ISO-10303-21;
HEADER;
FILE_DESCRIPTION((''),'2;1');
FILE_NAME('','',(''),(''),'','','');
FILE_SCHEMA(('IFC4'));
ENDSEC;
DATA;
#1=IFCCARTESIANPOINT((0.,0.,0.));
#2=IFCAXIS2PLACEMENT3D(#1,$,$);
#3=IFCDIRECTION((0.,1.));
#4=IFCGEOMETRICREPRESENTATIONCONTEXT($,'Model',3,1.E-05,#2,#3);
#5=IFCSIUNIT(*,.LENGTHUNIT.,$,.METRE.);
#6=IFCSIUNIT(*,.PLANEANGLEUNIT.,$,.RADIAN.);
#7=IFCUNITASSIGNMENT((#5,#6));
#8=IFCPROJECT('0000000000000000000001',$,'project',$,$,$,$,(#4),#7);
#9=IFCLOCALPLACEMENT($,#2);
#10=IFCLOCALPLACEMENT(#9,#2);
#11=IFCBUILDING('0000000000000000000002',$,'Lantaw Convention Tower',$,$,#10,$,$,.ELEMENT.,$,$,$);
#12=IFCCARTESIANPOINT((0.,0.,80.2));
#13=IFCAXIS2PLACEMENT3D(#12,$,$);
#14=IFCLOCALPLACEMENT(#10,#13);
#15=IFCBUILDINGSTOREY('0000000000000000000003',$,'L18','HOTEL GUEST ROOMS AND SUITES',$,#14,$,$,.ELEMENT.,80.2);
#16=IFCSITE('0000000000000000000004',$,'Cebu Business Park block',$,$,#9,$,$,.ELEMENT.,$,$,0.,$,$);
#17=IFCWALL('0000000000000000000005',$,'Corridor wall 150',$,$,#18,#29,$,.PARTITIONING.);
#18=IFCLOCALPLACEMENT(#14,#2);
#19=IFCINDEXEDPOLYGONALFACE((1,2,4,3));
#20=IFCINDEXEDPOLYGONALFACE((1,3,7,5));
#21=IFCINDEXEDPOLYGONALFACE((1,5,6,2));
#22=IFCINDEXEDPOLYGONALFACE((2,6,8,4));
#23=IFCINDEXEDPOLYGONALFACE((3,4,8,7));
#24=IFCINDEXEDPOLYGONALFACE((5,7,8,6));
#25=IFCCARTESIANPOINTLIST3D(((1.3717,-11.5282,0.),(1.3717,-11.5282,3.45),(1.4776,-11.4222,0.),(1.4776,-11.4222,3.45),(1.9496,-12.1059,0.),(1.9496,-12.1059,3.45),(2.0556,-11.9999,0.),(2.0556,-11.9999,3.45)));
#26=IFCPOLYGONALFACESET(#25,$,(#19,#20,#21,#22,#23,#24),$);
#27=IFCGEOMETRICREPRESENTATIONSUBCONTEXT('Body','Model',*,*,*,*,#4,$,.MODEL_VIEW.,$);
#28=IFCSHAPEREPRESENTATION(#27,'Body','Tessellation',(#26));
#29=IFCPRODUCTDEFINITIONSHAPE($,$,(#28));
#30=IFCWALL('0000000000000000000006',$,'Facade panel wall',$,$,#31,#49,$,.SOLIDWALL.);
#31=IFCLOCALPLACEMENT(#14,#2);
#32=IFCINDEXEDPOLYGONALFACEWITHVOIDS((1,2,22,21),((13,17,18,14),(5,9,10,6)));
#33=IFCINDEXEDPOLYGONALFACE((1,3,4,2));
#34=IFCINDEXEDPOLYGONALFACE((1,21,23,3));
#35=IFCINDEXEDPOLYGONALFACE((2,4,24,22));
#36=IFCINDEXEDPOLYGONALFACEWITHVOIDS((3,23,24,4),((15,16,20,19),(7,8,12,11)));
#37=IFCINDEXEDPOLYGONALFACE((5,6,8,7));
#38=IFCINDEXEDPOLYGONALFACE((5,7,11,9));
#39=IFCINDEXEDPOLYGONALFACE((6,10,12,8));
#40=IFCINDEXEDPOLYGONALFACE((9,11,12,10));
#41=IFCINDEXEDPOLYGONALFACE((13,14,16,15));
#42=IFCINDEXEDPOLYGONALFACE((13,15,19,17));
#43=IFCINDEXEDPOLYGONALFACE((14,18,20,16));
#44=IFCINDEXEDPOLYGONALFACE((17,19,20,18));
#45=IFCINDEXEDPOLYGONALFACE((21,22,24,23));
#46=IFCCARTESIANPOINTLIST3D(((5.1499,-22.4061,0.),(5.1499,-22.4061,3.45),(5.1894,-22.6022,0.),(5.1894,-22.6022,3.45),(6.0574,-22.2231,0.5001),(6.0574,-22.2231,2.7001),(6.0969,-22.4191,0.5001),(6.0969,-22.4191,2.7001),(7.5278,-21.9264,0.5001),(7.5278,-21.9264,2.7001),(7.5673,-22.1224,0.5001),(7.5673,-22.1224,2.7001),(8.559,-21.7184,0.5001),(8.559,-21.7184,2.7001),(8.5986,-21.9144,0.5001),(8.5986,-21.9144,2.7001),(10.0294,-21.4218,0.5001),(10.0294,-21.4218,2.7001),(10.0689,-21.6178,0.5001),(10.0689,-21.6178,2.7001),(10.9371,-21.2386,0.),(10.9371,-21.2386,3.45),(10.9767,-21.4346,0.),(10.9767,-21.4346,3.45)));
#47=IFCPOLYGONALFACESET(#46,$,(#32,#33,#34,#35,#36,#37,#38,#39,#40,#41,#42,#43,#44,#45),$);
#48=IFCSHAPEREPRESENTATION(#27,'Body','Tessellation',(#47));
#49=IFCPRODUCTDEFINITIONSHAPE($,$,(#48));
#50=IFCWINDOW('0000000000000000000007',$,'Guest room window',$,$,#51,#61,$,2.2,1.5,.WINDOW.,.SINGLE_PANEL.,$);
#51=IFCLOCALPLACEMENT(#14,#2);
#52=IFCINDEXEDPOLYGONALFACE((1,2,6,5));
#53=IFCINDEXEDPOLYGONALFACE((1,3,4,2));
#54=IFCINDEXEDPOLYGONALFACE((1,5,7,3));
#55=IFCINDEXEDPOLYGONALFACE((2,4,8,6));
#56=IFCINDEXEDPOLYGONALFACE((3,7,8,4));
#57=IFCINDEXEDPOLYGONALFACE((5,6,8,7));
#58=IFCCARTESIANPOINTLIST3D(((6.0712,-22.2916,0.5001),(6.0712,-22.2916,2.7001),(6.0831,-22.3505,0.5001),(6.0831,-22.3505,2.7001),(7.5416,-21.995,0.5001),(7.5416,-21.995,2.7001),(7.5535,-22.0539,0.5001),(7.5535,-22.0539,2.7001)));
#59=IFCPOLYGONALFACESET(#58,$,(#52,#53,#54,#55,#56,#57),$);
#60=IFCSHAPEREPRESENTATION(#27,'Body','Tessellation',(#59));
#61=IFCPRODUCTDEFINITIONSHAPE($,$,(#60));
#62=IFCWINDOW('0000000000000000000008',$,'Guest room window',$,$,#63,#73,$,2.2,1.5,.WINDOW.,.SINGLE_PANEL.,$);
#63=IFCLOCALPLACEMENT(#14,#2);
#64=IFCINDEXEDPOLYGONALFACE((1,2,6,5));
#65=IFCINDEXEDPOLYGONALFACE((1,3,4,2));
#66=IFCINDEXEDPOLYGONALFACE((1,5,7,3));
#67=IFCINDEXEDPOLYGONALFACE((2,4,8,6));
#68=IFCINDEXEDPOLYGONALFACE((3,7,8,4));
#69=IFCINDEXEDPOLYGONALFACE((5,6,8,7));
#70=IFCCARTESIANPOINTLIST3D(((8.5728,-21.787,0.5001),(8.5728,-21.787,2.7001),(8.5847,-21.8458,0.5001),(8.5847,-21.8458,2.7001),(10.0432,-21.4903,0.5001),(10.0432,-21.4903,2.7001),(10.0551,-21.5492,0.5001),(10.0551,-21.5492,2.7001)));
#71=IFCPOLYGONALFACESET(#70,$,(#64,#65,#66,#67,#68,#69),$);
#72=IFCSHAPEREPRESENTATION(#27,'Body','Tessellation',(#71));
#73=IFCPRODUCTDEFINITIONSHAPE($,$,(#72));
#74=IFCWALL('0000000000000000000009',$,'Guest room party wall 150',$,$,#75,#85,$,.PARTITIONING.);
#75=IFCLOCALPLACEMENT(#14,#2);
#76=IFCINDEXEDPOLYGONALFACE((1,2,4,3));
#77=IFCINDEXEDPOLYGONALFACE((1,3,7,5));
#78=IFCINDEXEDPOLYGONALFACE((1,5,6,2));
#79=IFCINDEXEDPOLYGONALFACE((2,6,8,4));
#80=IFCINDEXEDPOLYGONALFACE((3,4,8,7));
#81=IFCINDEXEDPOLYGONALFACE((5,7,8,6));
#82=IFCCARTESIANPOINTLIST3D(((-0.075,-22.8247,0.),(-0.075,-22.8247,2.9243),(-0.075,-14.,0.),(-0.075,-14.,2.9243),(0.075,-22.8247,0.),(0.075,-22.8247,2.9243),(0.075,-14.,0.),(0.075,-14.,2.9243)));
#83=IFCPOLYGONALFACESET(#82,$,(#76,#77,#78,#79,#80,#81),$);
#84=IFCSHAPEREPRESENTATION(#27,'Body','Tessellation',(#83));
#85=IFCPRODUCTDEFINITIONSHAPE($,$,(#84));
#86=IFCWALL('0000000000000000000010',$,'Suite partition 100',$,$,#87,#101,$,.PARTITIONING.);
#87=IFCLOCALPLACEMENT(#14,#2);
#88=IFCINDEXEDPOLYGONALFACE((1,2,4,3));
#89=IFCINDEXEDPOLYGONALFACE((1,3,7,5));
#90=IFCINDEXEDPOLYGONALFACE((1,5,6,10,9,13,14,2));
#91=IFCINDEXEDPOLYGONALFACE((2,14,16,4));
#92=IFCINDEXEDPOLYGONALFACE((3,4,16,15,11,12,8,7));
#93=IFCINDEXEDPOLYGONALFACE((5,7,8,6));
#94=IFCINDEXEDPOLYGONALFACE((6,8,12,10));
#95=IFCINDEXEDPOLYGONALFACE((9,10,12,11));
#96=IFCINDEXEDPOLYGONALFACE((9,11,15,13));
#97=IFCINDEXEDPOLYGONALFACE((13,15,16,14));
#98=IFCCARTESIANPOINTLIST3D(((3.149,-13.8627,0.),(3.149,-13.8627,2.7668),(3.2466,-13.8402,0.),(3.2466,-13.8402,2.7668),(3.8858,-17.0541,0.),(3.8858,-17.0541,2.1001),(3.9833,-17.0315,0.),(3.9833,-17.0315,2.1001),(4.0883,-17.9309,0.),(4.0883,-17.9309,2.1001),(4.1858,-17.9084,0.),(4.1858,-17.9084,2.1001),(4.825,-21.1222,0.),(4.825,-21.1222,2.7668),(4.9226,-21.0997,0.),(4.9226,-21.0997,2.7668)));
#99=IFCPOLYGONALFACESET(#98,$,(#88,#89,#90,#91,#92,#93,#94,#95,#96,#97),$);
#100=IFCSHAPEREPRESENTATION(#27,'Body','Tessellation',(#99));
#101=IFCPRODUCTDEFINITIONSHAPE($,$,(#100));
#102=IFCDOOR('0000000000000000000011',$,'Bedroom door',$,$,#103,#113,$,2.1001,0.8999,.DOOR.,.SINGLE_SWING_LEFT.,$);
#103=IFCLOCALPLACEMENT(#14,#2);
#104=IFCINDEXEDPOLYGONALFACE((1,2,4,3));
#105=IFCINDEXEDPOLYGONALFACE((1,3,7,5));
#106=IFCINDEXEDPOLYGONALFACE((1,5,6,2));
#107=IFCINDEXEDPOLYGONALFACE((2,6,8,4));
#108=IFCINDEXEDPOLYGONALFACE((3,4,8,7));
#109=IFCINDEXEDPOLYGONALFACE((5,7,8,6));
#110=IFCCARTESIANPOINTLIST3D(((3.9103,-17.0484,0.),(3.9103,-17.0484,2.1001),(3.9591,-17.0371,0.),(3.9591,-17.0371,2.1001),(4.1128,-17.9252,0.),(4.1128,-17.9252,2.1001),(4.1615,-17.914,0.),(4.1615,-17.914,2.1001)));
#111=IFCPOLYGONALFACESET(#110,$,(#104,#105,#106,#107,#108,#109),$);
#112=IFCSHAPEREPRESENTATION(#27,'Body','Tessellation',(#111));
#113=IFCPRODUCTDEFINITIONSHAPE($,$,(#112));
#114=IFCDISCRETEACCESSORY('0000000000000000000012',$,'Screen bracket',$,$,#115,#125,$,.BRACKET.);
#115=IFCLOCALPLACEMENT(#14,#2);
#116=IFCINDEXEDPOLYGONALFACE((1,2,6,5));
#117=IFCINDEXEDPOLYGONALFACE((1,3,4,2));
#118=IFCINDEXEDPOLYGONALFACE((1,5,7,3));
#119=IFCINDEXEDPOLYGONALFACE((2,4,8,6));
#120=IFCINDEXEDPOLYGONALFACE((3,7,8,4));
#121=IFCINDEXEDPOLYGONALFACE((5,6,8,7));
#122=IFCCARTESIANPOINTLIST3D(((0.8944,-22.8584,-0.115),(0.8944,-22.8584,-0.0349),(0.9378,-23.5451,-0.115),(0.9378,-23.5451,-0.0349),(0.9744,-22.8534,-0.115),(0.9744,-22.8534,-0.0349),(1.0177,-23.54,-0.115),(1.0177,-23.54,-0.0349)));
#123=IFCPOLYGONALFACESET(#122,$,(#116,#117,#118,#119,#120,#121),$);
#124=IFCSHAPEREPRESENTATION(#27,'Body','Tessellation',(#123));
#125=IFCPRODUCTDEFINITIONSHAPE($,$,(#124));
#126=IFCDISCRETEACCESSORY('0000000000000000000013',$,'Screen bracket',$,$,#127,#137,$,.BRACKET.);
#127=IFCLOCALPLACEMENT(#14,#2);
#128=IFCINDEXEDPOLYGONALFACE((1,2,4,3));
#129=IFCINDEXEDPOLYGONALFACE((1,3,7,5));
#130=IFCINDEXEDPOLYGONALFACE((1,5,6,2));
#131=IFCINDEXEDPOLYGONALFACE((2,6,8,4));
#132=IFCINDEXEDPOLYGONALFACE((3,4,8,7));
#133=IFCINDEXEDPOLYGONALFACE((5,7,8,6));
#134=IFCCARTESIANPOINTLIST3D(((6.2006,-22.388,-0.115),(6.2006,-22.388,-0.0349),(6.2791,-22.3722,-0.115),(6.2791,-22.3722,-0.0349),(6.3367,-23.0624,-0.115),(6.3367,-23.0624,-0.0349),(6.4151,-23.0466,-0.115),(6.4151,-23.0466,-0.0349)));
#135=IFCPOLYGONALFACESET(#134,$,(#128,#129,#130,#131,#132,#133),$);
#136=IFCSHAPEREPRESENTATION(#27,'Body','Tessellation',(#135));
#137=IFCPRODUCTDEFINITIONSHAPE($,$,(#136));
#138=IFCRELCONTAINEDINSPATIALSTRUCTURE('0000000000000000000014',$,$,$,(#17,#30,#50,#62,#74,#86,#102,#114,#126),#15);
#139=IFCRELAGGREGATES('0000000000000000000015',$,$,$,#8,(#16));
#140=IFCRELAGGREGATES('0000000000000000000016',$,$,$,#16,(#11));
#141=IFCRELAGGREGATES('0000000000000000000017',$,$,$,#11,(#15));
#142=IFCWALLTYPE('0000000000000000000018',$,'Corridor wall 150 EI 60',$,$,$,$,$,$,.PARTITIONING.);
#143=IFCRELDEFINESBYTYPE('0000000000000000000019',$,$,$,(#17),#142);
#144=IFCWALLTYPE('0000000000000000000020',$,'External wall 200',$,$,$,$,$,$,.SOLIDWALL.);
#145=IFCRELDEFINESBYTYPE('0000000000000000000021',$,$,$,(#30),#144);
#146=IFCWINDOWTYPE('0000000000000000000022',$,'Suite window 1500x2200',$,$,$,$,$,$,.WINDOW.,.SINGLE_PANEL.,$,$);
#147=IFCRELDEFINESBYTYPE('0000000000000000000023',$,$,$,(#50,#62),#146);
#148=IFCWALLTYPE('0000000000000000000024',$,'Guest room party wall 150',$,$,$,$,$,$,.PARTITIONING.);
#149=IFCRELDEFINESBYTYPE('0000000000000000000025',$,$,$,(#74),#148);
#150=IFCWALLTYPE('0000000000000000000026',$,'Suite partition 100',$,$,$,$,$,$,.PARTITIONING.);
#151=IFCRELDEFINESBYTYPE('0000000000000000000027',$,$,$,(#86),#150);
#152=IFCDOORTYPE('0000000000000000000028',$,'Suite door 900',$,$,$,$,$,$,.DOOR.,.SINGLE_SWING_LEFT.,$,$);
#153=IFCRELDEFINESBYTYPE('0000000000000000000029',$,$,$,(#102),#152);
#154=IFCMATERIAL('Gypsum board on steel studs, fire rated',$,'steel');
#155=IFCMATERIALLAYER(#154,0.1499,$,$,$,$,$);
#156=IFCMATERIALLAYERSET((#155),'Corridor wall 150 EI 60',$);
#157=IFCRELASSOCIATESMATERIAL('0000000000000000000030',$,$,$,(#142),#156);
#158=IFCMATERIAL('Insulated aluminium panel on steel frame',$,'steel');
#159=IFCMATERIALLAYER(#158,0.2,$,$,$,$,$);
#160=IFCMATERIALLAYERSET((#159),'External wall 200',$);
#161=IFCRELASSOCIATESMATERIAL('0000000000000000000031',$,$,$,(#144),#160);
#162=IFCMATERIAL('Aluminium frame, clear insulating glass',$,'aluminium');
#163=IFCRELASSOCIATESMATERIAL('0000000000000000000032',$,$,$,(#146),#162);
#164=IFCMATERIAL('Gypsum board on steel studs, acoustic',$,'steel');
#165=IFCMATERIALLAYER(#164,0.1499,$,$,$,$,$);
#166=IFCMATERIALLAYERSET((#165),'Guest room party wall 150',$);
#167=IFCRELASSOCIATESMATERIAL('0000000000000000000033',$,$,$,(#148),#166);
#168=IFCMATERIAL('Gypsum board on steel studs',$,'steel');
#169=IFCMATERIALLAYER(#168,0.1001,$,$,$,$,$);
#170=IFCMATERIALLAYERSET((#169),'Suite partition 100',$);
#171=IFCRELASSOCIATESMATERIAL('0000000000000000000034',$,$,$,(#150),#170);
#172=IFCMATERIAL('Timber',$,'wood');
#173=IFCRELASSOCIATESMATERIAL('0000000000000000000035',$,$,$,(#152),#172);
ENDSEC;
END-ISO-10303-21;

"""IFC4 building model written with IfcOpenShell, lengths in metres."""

from ifc_helpers import new_model, si_unit, direction, frame, frame_2d, origin, origin_2d, place, context, subcontext, project, spatial, rectangle, extrude, material, layer, layer_set, type_object, element, fill, save


model = new_model("IFC4")

# Units and contexts
model_context = context("Model", 3, precision=1e-05, world=origin(), true_north=direction((0.0, 1.0)))
body_context = subcontext(model_context, "Body", "Model", "MODEL_VIEW")
ifc_project = project(units=[si_unit("LENGTHUNIT", "METRE"), si_unit("PLANEANGLEUNIT", "RADIAN")], contexts=[model_context])

# Site, building, storey
site_placement = place(None, origin())
site = spatial("IfcSite", under=ifc_project, at=site_placement, Name="Cebu Business Park block", CompositionType="ELEMENT", RefElevation=0.0)
building_placement = place(site_placement, origin())
building = spatial("IfcBuilding", under=site, at=building_placement, Name="Lantaw Convention Tower", CompositionType="ELEMENT")
storey_placement = place(building_placement, frame((0.0, 0.0, 80.2)))
storey = spatial("IfcBuildingStorey", under=building, at=storey_placement, Name="L18", Description="HOTEL GUEST ROOMS AND SUITES", CompositionType="ELEMENT", Elevation=80.2)

# Shared definitions
ifc_material_1 = material(Name="Timber", Category="wood")

# Shared definitions
ifc_material_2 = material(Name="Gypsum board on steel studs, fire rated", Category="steel")
ifc_layer_1 = layer(ifc_material_2, 0.1499)
ifc_layer_set_1 = layer_set([ifc_layer_1], Name="Corridor wall 150 EI 60")
wall_type_1 = type_object("IfcWallType", Name="Corridor wall 150 EI 60", PredefinedType="PARTITIONING", material=ifc_layer_set_1)

# Wall
wall_1_placement = place(storey_placement, frame((1.4246, -11.4751, 0.0), z_axis=(0.0, 0.0, 1.0), x_axis=(0.707256, -0.706957, 0.0)))
element("IfcWall", 1, at=wall_1_placement, inside=storey, type_object=wall_type_1, Name="Corridor wall 150", PredefinedType="PARTITIONING", context=body_context, shape_type="SweptSolid", body=[
    extrude(rectangle(XDim=0.8171, YDim=0.1499, at=frame_2d((0.4087, 0.0))), origin(), (0.0, 0.0, 1.0), 3.45),
])

# Wall, openings, windows
ifc_material_3 = material(Name="Insulated aluminium panel on steel frame", Category="steel")
ifc_layer_2 = layer(ifc_material_3, 0.2)
ifc_layer_set_2 = layer_set([ifc_layer_2], Name="External wall 200")
wall_type_2 = type_object("IfcWallType", Name="External wall 200", PredefinedType="SOLIDWALL", material=ifc_layer_set_2)
wall_2_placement = place(storey_placement, frame((5.1697, -22.5042, 0.0), z_axis=(0.0, 0.0, 1.0), x_axis=(0.980252, 0.197754, 0.0)))
wall_2 = element("IfcWall", 2, at=wall_2_placement, inside=storey, type_object=wall_type_2, Name="Facade panel wall", PredefinedType="SOLIDWALL", context=body_context, shape_type="SweptSolid", body=[
    extrude(rectangle(XDim=5.9038, YDim=0.2, at=frame_2d((2.9519, 0.0))), origin(), (0.0, 0.0, 1.0), 3.45),
])
opening_1_placement = place(wall_2_placement, frame((0.9258, 0.0, 0.5)))
opening_1 = element("IfcOpeningElement", 3, at=opening_1_placement, cuts=wall_2, PredefinedType="OPENING", context=body_context, shape_type="SweptSolid", body=[
    extrude(rectangle(XDim=1.5, YDim=2.2, at=frame_2d((0.75, 1.1001))), frame((0.0, 0.1099, 0.0), z_axis=(0.0, -1.0, 0.0), x_axis=(1.0, 0.0, 0.0)), (0.0, 0.0, 1.0), 0.22),
])
opening_2_placement = place(wall_2_placement, frame((3.4778, 0.0, 0.5)))
opening_2 = element("IfcOpeningElement", 4, at=opening_2_placement, cuts=wall_2, PredefinedType="OPENING", context=body_context, shape_type="SweptSolid", body=[
    extrude(rectangle(XDim=1.5, YDim=2.2, at=frame_2d((0.75, 1.1001))), frame((0.0, 0.1099, 0.0), z_axis=(0.0, -1.0, 0.0), x_axis=(1.0, 0.0, 0.0)), (0.0, 0.0, 1.0), 0.22),
])
ifc_material_4 = material(Name="Aluminium frame, clear insulating glass", Category="aluminium")
window_type = type_object("IfcWindowType", Name="Suite window 1500x2200", PartitioningType="SINGLE_PANEL", PredefinedType="WINDOW", material=ifc_material_4)
window_1_placement = place(opening_1_placement, origin())
window_1 = element("IfcWindow", 5, at=window_1_placement, inside=storey, type_object=window_type, Name="Guest room window", OverallHeight=2.2, OverallWidth=1.5, PartitioningType="SINGLE_PANEL", PredefinedType="WINDOW", context=body_context, shape_type="SweptSolid", body=[
    extrude(rectangle(XDim=1.5, YDim=2.2, at=frame_2d((0.75, 1.1001))), frame((0.0, 0.03, 0.0), z_axis=(0.0, -1.0, 0.0), x_axis=(1.0, 0.0, 0.0)), (0.0, 0.0, 1.0), 0.0601),
])
fill(opening_1, window_1)
window_2_placement = place(opening_2_placement, origin())
window_2 = element("IfcWindow", 6, at=window_2_placement, inside=storey, type_object=window_type, Name="Guest room window", OverallHeight=2.2, OverallWidth=1.5, PartitioningType="SINGLE_PANEL", PredefinedType="WINDOW", context=body_context, shape_type="SweptSolid", body=[
    extrude(rectangle(XDim=1.5, YDim=2.2, at=frame_2d((0.75, 1.1001))), frame((0.0, 0.03, 0.0), z_axis=(0.0, -1.0, 0.0), x_axis=(1.0, 0.0, 0.0)), (0.0, 0.0, 1.0), 0.0601),
])
fill(opening_2, window_2)

# Wall
ifc_material_5 = material(Name="Gypsum board on steel studs, acoustic", Category="steel")
ifc_layer_3 = layer(ifc_material_5, 0.1499)
ifc_layer_set_3 = layer_set([ifc_layer_3], Name="Guest room party wall 150")
wall_type_3 = type_object("IfcWallType", Name="Guest room party wall 150", PredefinedType="PARTITIONING", material=ifc_layer_set_3)
wall_3_placement = place(storey_placement, frame((0.0, -22.8247, 0.0), z_axis=(0.0, 0.0, 1.0), x_axis=(0.0, 1.0, 0.0)))
element("IfcWall", 7, at=wall_3_placement, inside=storey, type_object=wall_type_3, Name="Guest room party wall 150", PredefinedType="PARTITIONING", context=body_context, shape_type="SweptSolid", body=[
    extrude(rectangle(XDim=8.8247, YDim=0.1499, at=frame_2d((4.4124, 0.0))), origin(), (0.0, 0.0, 1.0), 2.9243),
])

# Wall, opening, door
ifc_material_6 = material(Name="Gypsum board on steel studs", Category="steel")
ifc_layer_4 = layer(ifc_material_6, 0.1001)
ifc_layer_set_4 = layer_set([ifc_layer_4], Name="Suite partition 100")
wall_type_4 = type_object("IfcWallType", Name="Suite partition 100", PredefinedType="PARTITIONING", material=ifc_layer_set_4)
wall_4_placement = place(storey_placement, frame((4.8738, -21.1108, 0.0), z_axis=(0.0, 0.0, 1.0), x_axis=(-0.224955, 0.974369, 0.0)))
wall_4 = element("IfcWall", 8, at=wall_4_placement, inside=storey, type_object=wall_type_4, Name="Suite partition 100", PredefinedType="PARTITIONING", context=body_context, shape_type="SweptSolid", body=[
    extrude(rectangle(XDim=7.4504, YDim=0.1001, at=frame_2d((3.7251, 0.0))), origin(), (0.0, 0.0, 1.0), 2.7668),
])
opening_3_placement = place(wall_4_placement, frame((3.2751, 0.0, 0.0)))
opening_3 = element("IfcOpeningElement", 9, at=opening_3_placement, cuts=wall_4, PredefinedType="OPENING", context=body_context, shape_type="SweptSolid", body=[
    extrude(rectangle(XDim=0.8999, YDim=2.1001, at=frame_2d((0.45, 1.05))), frame((0.0, 0.0601, 0.0), z_axis=(0.0, -1.0, 0.0), x_axis=(1.0, 0.0, 0.0)), (0.0, 0.0, 1.0), 0.1201),
])
door_type_1 = type_object("IfcDoorType", Name="Suite door 900", OperationType="SINGLE_SWING_LEFT", PredefinedType="DOOR", material=ifc_material_1)
door_1_placement = place(opening_3_placement, origin())
door_1 = element("IfcDoor", 10, at=door_1_placement, inside=storey, type_object=door_type_1, Name="Bedroom door", OperationType="SINGLE_SWING_LEFT", OverallHeight=2.1001, OverallWidth=0.8999, PredefinedType="DOOR", context=body_context, shape_type="SweptSolid", body=[
    extrude(rectangle(XDim=0.8999, YDim=2.1001, at=frame_2d((0.45, 1.05))), frame((0.0, 0.0249, 0.0), z_axis=(0.0, -1.0, 0.0), x_axis=(1.0, 0.0, 0.0)), (0.0, 0.0, 1.0), 0.05),
])
fill(opening_3, door_1)

# Discrete accessories
for number, where, z_axis, x_axis, name in (
    (11, (0.9561, -23.1992, -0.115), (0.0, 0.0, 1.0), (0.998016, 0.062958, 0.0), "Screen bracket"),
    (12, (6.3079, -22.7173, -0.115), (0.0, 0.0, 1.0), (0.980245, 0.197789, 0.0), "Screen bracket"),
):
    element("IfcDiscreteAccessory", number, at=place(storey_placement, frame(where, z_axis=z_axis, x_axis=x_axis)), inside=storey, Name=name, PredefinedType="BRACKET", context=body_context, shape_type="SweptSolid", body=[
        extrude(rectangle(XDim=0.0801, YDim=0.688, at=origin_2d()), origin(), (0.0, 0.0, 1.0), 0.0801),
    ])

save(model, "model.ifc")
